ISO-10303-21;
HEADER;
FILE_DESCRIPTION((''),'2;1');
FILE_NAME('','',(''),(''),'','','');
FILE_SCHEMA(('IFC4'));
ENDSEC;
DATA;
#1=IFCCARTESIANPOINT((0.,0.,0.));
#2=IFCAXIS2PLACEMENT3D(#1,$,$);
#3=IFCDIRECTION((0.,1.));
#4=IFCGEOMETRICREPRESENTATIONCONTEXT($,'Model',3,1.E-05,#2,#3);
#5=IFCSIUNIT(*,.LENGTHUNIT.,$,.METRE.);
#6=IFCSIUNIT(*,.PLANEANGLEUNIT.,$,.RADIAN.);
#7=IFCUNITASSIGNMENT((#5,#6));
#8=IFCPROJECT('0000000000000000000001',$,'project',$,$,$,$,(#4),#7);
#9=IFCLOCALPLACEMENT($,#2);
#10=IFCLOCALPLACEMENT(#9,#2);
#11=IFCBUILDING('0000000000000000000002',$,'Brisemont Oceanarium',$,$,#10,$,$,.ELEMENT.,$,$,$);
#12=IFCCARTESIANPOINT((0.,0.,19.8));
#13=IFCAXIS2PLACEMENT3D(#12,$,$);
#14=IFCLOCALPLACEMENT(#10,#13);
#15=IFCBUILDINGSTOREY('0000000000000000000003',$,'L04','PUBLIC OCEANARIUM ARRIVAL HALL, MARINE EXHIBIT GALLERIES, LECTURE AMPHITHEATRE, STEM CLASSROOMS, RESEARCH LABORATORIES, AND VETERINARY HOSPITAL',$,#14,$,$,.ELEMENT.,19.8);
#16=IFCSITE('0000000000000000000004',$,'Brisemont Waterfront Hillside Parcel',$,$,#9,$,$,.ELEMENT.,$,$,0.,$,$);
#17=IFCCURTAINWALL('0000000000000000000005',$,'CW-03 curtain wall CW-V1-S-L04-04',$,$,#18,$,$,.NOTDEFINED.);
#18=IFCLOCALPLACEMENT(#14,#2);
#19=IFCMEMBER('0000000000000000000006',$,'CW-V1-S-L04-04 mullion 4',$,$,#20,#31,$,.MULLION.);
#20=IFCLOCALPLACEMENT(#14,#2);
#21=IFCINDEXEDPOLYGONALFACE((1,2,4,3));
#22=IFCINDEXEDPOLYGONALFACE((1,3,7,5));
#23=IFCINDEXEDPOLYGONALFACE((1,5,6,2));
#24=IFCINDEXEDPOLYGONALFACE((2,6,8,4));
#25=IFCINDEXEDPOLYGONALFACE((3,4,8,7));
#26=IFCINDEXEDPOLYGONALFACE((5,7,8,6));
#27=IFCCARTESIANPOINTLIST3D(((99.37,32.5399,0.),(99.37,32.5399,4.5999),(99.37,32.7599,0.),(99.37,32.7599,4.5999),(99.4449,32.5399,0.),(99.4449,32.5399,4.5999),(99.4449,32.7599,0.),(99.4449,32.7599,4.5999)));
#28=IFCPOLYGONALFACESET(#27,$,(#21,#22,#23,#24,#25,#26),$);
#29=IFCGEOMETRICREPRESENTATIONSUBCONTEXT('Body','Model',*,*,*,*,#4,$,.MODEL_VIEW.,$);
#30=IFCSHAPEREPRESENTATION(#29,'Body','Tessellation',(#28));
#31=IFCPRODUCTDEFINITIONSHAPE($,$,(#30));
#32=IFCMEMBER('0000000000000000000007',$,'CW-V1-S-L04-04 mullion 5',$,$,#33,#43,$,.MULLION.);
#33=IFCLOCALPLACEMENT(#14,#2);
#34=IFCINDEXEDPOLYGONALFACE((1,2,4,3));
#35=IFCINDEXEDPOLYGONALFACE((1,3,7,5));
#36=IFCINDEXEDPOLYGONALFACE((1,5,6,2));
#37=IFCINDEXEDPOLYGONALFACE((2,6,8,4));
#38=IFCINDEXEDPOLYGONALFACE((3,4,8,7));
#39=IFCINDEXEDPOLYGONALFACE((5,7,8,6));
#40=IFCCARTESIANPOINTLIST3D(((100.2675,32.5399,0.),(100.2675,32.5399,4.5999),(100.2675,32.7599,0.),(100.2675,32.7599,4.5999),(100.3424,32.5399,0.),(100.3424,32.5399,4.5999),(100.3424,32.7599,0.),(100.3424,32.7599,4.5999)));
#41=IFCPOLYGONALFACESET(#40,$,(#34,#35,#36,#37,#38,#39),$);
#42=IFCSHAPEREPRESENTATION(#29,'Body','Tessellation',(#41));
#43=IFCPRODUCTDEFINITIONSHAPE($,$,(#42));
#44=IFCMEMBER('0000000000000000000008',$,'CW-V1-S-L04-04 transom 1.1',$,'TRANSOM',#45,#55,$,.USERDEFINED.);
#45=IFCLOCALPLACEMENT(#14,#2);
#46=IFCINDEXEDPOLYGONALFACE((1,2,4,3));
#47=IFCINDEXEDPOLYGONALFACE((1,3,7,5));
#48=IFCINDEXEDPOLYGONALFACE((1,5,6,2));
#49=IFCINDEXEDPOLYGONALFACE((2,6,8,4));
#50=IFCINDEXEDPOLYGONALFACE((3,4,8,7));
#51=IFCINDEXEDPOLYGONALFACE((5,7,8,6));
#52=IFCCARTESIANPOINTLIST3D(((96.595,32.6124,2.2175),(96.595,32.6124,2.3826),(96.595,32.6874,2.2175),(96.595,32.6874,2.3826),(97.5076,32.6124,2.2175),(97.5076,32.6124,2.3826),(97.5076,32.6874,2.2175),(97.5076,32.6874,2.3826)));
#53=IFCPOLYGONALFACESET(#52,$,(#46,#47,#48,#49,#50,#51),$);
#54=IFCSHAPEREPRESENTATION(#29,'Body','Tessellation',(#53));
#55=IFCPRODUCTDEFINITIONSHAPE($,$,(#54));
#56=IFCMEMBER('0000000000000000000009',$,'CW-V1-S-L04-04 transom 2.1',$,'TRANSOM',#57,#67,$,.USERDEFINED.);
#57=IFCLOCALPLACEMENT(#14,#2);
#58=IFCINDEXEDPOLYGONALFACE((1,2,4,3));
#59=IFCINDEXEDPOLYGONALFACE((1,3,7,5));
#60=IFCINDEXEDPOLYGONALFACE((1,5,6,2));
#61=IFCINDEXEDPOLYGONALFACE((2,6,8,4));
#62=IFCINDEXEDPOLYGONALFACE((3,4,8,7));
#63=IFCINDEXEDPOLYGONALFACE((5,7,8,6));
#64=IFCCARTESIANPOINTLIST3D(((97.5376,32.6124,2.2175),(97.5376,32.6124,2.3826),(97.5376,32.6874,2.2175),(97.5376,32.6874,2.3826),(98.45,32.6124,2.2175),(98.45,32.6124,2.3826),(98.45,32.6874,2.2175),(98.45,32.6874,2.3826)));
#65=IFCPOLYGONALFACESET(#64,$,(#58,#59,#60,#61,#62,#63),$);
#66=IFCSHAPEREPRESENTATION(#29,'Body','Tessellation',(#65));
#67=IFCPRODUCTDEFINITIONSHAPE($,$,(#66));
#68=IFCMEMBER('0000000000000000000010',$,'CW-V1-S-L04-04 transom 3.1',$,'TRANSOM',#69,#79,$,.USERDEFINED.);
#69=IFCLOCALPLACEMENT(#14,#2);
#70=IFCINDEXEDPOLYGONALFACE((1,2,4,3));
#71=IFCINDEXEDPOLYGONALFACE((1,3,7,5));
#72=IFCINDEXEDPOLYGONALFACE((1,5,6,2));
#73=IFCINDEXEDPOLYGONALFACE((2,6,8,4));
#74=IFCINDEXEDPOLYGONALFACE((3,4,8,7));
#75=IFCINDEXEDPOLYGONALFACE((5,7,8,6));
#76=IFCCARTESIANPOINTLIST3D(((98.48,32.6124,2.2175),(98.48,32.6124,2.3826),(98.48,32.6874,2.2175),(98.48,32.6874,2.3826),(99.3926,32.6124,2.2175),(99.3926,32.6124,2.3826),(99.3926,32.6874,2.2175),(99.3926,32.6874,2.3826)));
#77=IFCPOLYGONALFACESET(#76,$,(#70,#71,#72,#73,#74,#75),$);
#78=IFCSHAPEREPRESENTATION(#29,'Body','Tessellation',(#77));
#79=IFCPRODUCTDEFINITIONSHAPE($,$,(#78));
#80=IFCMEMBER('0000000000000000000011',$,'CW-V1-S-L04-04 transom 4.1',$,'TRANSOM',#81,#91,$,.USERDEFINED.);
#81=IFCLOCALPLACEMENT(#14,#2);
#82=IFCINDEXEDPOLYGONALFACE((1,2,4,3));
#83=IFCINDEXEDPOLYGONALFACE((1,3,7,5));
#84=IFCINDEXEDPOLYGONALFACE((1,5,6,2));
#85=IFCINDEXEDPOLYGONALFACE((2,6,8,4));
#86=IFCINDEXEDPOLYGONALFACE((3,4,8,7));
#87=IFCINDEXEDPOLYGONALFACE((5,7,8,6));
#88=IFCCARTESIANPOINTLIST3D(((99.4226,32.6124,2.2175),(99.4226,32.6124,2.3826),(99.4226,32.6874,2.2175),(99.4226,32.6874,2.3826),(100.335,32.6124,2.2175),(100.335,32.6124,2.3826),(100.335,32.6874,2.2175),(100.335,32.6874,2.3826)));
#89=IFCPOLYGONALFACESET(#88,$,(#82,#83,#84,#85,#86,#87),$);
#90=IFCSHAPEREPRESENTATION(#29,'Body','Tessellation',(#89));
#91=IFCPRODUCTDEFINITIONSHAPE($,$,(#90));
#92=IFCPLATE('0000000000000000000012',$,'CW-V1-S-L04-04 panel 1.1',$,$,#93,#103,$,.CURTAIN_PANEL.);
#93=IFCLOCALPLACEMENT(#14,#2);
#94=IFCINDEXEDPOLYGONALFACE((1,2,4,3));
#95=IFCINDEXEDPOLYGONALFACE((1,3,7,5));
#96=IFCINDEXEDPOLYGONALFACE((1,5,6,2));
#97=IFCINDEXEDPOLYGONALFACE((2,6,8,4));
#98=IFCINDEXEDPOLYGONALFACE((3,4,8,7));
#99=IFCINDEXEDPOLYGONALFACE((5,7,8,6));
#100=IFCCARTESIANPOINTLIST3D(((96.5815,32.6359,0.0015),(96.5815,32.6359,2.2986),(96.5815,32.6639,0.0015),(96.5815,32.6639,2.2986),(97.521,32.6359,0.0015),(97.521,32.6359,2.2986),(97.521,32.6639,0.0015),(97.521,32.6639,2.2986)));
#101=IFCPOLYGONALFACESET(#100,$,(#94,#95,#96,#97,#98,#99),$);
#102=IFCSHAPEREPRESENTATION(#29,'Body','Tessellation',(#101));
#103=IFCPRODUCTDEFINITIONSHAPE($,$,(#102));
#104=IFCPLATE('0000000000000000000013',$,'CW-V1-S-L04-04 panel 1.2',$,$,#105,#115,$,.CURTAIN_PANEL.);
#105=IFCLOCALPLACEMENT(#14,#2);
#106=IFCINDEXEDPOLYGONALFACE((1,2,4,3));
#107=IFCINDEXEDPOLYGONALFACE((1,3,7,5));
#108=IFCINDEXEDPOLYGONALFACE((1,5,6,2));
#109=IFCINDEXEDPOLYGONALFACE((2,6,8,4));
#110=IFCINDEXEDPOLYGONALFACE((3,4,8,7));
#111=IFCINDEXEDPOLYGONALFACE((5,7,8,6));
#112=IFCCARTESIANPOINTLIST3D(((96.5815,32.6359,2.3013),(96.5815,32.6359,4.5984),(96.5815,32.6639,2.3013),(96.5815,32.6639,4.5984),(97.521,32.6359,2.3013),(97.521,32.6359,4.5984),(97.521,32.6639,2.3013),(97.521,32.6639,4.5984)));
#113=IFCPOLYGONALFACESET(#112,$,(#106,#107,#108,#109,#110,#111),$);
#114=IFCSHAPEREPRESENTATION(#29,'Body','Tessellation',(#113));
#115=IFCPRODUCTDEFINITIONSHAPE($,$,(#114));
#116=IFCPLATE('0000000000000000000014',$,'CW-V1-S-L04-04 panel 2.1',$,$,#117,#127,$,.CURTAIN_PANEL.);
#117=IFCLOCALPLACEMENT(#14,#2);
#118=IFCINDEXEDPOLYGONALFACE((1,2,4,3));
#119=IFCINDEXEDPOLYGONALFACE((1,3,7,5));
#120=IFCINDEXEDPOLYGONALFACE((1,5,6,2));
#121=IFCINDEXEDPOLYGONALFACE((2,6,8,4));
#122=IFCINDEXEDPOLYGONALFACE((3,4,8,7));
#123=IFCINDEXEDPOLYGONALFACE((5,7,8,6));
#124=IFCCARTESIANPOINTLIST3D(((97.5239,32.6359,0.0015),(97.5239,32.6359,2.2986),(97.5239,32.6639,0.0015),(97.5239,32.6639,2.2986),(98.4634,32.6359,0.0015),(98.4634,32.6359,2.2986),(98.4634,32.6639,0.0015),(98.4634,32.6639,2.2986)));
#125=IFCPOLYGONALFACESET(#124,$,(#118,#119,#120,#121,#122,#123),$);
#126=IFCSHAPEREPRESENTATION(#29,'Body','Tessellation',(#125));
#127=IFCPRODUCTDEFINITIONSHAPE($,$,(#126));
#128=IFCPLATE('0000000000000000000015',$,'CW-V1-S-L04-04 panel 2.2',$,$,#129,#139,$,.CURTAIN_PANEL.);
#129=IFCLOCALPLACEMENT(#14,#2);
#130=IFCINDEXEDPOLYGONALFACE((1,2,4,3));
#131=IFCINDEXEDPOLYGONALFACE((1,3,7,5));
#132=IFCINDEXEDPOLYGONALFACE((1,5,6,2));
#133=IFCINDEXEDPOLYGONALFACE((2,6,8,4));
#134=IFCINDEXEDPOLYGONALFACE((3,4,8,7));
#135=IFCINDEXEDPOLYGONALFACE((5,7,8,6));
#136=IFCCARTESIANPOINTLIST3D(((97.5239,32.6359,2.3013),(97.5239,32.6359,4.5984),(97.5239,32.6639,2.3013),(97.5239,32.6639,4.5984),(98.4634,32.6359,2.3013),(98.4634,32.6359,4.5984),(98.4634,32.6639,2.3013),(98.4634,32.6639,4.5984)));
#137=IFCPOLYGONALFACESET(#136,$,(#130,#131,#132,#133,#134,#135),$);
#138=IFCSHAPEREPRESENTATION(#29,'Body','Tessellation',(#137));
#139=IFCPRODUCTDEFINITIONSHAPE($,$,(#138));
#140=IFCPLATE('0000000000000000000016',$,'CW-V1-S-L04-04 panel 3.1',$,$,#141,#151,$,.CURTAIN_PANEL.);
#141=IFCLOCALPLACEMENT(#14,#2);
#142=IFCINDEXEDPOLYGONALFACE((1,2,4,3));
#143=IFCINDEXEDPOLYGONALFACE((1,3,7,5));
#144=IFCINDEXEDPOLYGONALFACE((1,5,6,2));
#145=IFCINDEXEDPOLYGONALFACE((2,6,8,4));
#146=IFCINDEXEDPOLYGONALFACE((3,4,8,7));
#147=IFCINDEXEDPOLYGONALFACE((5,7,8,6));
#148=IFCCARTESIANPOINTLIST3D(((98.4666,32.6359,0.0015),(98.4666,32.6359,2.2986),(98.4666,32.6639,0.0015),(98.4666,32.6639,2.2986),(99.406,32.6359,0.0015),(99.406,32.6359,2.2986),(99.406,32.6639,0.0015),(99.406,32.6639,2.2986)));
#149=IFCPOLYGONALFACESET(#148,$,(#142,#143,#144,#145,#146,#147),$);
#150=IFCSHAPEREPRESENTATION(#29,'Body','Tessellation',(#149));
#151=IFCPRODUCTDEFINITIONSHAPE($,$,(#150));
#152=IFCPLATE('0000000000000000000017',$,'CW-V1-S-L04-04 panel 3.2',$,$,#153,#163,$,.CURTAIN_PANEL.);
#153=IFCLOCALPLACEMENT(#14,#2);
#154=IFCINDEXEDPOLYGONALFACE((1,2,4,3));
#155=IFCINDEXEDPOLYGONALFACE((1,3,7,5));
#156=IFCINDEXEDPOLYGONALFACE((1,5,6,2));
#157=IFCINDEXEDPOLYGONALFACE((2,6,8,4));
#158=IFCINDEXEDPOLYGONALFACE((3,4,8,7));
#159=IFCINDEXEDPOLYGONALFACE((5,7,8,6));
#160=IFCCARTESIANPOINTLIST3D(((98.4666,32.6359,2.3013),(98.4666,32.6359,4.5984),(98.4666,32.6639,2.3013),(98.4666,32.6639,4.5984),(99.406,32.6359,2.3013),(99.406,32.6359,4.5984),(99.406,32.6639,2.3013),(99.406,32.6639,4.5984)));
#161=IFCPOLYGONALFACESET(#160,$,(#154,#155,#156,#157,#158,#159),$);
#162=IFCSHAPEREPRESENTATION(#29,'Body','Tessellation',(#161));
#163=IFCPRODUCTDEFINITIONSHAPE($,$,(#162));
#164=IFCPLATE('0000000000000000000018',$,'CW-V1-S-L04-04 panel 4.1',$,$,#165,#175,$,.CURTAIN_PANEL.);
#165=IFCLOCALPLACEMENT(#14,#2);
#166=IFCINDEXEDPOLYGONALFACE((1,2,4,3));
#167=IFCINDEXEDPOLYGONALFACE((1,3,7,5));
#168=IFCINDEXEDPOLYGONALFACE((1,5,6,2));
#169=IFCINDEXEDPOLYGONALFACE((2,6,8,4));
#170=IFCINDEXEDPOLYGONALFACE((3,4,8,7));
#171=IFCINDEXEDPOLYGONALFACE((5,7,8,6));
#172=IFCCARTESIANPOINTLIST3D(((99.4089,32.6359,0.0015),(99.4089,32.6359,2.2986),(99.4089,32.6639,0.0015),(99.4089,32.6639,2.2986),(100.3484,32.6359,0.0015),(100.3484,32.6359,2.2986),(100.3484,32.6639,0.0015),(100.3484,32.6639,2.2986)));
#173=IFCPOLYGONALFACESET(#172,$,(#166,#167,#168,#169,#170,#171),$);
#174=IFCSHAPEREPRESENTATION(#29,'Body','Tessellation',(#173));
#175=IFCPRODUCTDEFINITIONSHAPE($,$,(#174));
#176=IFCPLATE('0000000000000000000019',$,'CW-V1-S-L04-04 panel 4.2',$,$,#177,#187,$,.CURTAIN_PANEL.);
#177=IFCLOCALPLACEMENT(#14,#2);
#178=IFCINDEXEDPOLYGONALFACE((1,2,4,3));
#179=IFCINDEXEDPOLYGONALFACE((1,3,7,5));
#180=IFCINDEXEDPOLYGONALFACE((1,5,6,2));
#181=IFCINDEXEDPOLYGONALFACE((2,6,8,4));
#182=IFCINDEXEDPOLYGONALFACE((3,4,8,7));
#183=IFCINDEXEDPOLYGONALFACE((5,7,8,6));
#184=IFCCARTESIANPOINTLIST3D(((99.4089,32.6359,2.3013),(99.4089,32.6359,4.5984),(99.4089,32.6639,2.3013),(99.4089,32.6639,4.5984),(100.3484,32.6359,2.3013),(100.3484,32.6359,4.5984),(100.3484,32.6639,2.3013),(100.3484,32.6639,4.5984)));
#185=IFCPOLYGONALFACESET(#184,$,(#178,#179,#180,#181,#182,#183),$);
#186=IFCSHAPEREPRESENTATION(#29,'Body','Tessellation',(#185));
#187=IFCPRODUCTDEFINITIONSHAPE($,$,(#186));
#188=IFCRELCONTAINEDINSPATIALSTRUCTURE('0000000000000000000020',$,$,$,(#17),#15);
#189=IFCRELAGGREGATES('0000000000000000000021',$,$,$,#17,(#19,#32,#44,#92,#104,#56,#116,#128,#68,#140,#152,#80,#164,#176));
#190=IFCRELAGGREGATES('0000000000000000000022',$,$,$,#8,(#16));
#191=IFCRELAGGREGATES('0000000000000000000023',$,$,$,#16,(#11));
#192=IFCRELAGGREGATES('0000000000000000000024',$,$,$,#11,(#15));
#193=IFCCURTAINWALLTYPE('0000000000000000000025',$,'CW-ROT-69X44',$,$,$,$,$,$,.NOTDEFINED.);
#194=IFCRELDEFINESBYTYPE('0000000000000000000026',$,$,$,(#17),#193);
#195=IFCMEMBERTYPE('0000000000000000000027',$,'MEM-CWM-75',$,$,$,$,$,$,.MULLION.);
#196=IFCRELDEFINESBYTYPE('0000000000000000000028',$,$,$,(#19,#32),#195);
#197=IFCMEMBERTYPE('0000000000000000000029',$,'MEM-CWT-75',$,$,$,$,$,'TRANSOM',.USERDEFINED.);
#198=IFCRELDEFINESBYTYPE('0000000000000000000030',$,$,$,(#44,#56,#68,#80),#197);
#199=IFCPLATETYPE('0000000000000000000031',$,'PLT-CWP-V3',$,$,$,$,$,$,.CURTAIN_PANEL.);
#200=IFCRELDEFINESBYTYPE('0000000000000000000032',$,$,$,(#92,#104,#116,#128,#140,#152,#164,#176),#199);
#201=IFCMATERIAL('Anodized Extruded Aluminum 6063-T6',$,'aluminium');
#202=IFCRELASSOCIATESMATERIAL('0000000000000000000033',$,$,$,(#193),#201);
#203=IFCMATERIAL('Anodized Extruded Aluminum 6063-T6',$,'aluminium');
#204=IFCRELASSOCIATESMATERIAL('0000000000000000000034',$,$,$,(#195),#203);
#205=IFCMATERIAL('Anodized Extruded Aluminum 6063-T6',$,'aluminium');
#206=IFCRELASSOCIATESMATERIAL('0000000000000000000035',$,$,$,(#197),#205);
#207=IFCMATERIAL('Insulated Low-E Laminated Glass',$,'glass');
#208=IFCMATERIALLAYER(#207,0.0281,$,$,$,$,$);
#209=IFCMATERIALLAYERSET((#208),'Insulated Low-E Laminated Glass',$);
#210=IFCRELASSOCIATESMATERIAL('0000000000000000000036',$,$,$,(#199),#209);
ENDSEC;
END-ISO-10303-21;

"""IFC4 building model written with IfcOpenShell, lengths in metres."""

from ifc_helpers import new_model, si_unit, direction, frame, origin, origin_2d, place, context, subcontext, project, spatial, rectangle, extrude, material, layer, layer_set, material_profile, profile_set, type_object, element, aggregate, save


model = new_model("IFC4")

# Units and contexts
model_context = context("Model", 3, precision=1e-05, world=origin(), true_north=direction((0.0, 1.0)))
body_context = subcontext(model_context, "Body", "Model", "MODEL_VIEW")
ifc_project = project(units=[si_unit("LENGTHUNIT", "METRE"), si_unit("PLANEANGLEUNIT", "RADIAN")], contexts=[model_context])

# Site, building, storey
site_placement = place(None, origin())
site = spatial("IfcSite", under=ifc_project, at=site_placement, Name="Brisemont Waterfront Hillside Parcel", CompositionType="ELEMENT", RefElevation=0.0)
building_placement = place(site_placement, origin())
building = spatial("IfcBuilding", under=site, at=building_placement, Name="Brisemont Oceanarium", CompositionType="ELEMENT")
storey_placement = place(building_placement, frame((0.0, 0.0, 19.8)))
storey = spatial("IfcBuildingStorey", under=building, at=storey_placement, Name="L04", Description="PUBLIC OCEANARIUM ARRIVAL HALL, MARINE EXHIBIT GALLERIES, LECTURE AMPHITHEATRE, STEM CLASSROOMS, RESEARCH LABORATORIES, AND VETERINARY HOSPITAL", CompositionType="ELEMENT", Elevation=19.8)

# Curtain wall, members, plates
ifc_material_1 = material(Name="Anodized Extruded Aluminum 6063-T6", Category="aluminium")
curtain_wall_type = type_object("IfcCurtainWallType", Name="CW-ROT-69X44", PredefinedType="NOTDEFINED", material=ifc_material_1)
curtain_wall_placement = place(storey_placement, origin())
curtain_wall = element("IfcCurtainWall", 1, at=curtain_wall_placement, inside=storey, type_object=curtain_wall_type, Name="CW-03 curtain wall CW-V1-S-L04-04", PredefinedType="NOTDEFINED")
ifc_material_2 = material(Name="Anodized Extruded Aluminum 6063-T6", Category="aluminium")
ifc_material_profile_1 = material_profile(ifc_material_2, rectangle(XDim=0.075, YDim=0.22, at=origin_2d()), Name="CWM-75X220")
ifc_profile_set_1 = profile_set([ifc_material_profile_1], Name="Anodized Extruded Aluminum 6063-T6")
member_type_1 = type_object("IfcMemberType", Name="MEM-CWM-75", PredefinedType="MULLION", material=ifc_profile_set_1)
member_1_placement = place(storey_placement, frame((99.4075, 32.6499, 0.0), z_axis=(0.0, 0.0, 1.0), x_axis=(1.0, 0.0, 0.0)))
member_1 = element("IfcMember", 2, at=member_1_placement, type_object=member_type_1, Name="CW-V1-S-L04-04 mullion 4", PredefinedType="MULLION", context=body_context, shape_type="SweptSolid", body=[
    extrude(rectangle(XDim=0.075, YDim=0.22, at=origin_2d()), origin(), (0.0, 0.0, 1.0), 4.5999),
])
member_2_placement = place(storey_placement, frame((100.3049, 32.6499, 0.0), z_axis=(0.0, 0.0, 1.0), x_axis=(1.0, 0.0, 0.0)))
member_2 = element("IfcMember", 3, at=member_2_placement, type_object=member_type_1, Name="CW-V1-S-L04-04 mullion 5", PredefinedType="MULLION", context=body_context, shape_type="SweptSolid", body=[
    extrude(rectangle(XDim=0.075, YDim=0.22, at=origin_2d()), origin(), (0.0, 0.0, 1.0), 4.5999),
])
ifc_material_3 = material(Name="Anodized Extruded Aluminum 6063-T6", Category="aluminium")
ifc_material_profile_2 = material_profile(ifc_material_3, rectangle(XDim=0.075, YDim=0.165, at=origin_2d()), Name="CWT-75X165")
ifc_profile_set_2 = profile_set([ifc_material_profile_2], Name="Anodized Extruded Aluminum 6063-T6")
member_type_2 = type_object("IfcMemberType", Name="MEM-CWT-75", ElementType="TRANSOM", PredefinedType="USERDEFINED", material=ifc_profile_set_2)
member_3_placement = place(storey_placement, frame((96.595, 32.6499, 2.3), z_axis=(1.0, 0.0, 0.0), x_axis=(0.0, 1.0, 0.0)))
member_3 = element("IfcMember", 4, at=member_3_placement, type_object=member_type_2, Name="CW-V1-S-L04-04 transom 1.1", ObjectType="TRANSOM", PredefinedType="USERDEFINED", context=body_context, shape_type="SweptSolid", body=[
    extrude(rectangle(XDim=0.075, YDim=0.165, at=origin_2d()), origin(), (0.0, 0.0, 1.0), 0.9126),
])
member_4_placement = place(storey_placement, frame((97.5376, 32.6499, 2.3), z_axis=(1.0, 0.0, 0.0), x_axis=(0.0, 1.0, 0.0)))
member_4 = element("IfcMember", 5, at=member_4_placement, type_object=member_type_2, Name="CW-V1-S-L04-04 transom 2.1", ObjectType="TRANSOM", PredefinedType="USERDEFINED", context=body_context, shape_type="SweptSolid", body=[
    extrude(rectangle(XDim=0.075, YDim=0.165, at=origin_2d()), origin(), (0.0, 0.0, 1.0), 0.9124),
])
member_5_placement = place(storey_placement, frame((98.48, 32.6499, 2.3), z_axis=(1.0, 0.0, 0.0), x_axis=(0.0, 1.0, 0.0)))
member_5 = element("IfcMember", 6, at=member_5_placement, type_object=member_type_2, Name="CW-V1-S-L04-04 transom 3.1", ObjectType="TRANSOM", PredefinedType="USERDEFINED", context=body_context, shape_type="SweptSolid", body=[
    extrude(rectangle(XDim=0.075, YDim=0.165, at=origin_2d()), origin(), (0.0, 0.0, 1.0), 0.9126),
])
member_6_placement = place(storey_placement, frame((99.4226, 32.6499, 2.3), z_axis=(1.0, 0.0, 0.0), x_axis=(0.0, 1.0, 0.0)))
member_6 = element("IfcMember", 7, at=member_6_placement, type_object=member_type_2, Name="CW-V1-S-L04-04 transom 4.1", ObjectType="TRANSOM", PredefinedType="USERDEFINED", context=body_context, shape_type="SweptSolid", body=[
    extrude(rectangle(XDim=0.075, YDim=0.165, at=origin_2d()), origin(), (0.0, 0.0, 1.0), 0.9124),
])
ifc_material_4 = material(Name="Insulated Low-E Laminated Glass", Category="glass")
ifc_layer = layer(ifc_material_4, 0.0281)
ifc_layer_set = layer_set([ifc_layer], Name="Insulated Low-E Laminated Glass")
plate_type = type_object("IfcPlateType", Name="PLT-CWP-V3", PredefinedType="CURTAIN_PANEL", material=ifc_layer_set)
plate_1_placement = place(storey_placement, frame((97.0513, 32.6499, 0.0015), z_axis=(0.0, 0.0, 1.0), x_axis=(1.0, 0.0, 0.0)))
plate_1 = element("IfcPlate", 8, at=plate_1_placement, type_object=plate_type, Name="CW-V1-S-L04-04 panel 1.1", PredefinedType="CURTAIN_PANEL", context=body_context, shape_type="SweptSolid", body=[
    extrude(rectangle(XDim=0.9395, YDim=0.0281, at=origin_2d()), origin(), (0.0, 0.0, 1.0), 2.2971),
])
plate_2_placement = place(storey_placement, frame((97.0513, 32.6499, 2.3013), z_axis=(0.0, 0.0, 1.0), x_axis=(1.0, 0.0, 0.0)))
plate_2 = element("IfcPlate", 9, at=plate_2_placement, type_object=plate_type, Name="CW-V1-S-L04-04 panel 1.2", PredefinedType="CURTAIN_PANEL", context=body_context, shape_type="SweptSolid", body=[
    extrude(rectangle(XDim=0.9395, YDim=0.0281, at=origin_2d()), origin(), (0.0, 0.0, 1.0), 2.2971),
])
plate_3_placement = place(storey_placement, frame((97.9937, 32.6499, 0.0015), z_axis=(0.0, 0.0, 1.0), x_axis=(1.0, 0.0, 0.0)))
plate_3 = element("IfcPlate", 10, at=plate_3_placement, type_object=plate_type, Name="CW-V1-S-L04-04 panel 2.1", PredefinedType="CURTAIN_PANEL", context=body_context, shape_type="SweptSolid", body=[
    extrude(rectangle(XDim=0.9395, YDim=0.0281, at=origin_2d()), origin(), (0.0, 0.0, 1.0), 2.2971),
])
plate_4_placement = place(storey_placement, frame((97.9937, 32.6499, 2.3013), z_axis=(0.0, 0.0, 1.0), x_axis=(1.0, 0.0, 0.0)))
plate_4 = element("IfcPlate", 11, at=plate_4_placement, type_object=plate_type, Name="CW-V1-S-L04-04 panel 2.2", PredefinedType="CURTAIN_PANEL", context=body_context, shape_type="SweptSolid", body=[
    extrude(rectangle(XDim=0.9395, YDim=0.0281, at=origin_2d()), origin(), (0.0, 0.0, 1.0), 2.2971),
])
plate_5_placement = place(storey_placement, frame((98.9363, 32.6499, 0.0015), z_axis=(0.0, 0.0, 1.0), x_axis=(1.0, 0.0, 0.0)))
plate_5 = element("IfcPlate", 12, at=plate_5_placement, type_object=plate_type, Name="CW-V1-S-L04-04 panel 3.1", PredefinedType="CURTAIN_PANEL", context=body_context, shape_type="SweptSolid", body=[
    extrude(rectangle(XDim=0.9395, YDim=0.0281, at=origin_2d()), origin(), (0.0, 0.0, 1.0), 2.2971),
])
plate_6_placement = place(storey_placement, frame((98.9363, 32.6499, 2.3013), z_axis=(0.0, 0.0, 1.0), x_axis=(1.0, 0.0, 0.0)))
plate_6 = element("IfcPlate", 13, at=plate_6_placement, type_object=plate_type, Name="CW-V1-S-L04-04 panel 3.2", PredefinedType="CURTAIN_PANEL", context=body_context, shape_type="SweptSolid", body=[
    extrude(rectangle(XDim=0.9395, YDim=0.0281, at=origin_2d()), origin(), (0.0, 0.0, 1.0), 2.2971),
])
plate_7_placement = place(storey_placement, frame((99.8787, 32.6499, 0.0015), z_axis=(0.0, 0.0, 1.0), x_axis=(1.0, 0.0, 0.0)))
plate_7 = element("IfcPlate", 14, at=plate_7_placement, type_object=plate_type, Name="CW-V1-S-L04-04 panel 4.1", PredefinedType="CURTAIN_PANEL", context=body_context, shape_type="SweptSolid", body=[
    extrude(rectangle(XDim=0.9395, YDim=0.0281, at=origin_2d()), origin(), (0.0, 0.0, 1.0), 2.2971),
])
plate_8_placement = place(storey_placement, frame((99.8787, 32.6499, 2.3013), z_axis=(0.0, 0.0, 1.0), x_axis=(1.0, 0.0, 0.0)))
plate_8 = element("IfcPlate", 15, at=plate_8_placement, type_object=plate_type, Name="CW-V1-S-L04-04 panel 4.2", PredefinedType="CURTAIN_PANEL", context=body_context, shape_type="SweptSolid", body=[
    extrude(rectangle(XDim=0.9395, YDim=0.0281, at=origin_2d()), origin(), (0.0, 0.0, 1.0), 2.2971),
])
aggregate(curtain_wall, [member_1, member_2, member_3, plate_1, plate_2, member_4, plate_3, plate_4, member_5, plate_5, plate_6, member_6, plate_7, plate_8])

save(model, "model.ifc")
